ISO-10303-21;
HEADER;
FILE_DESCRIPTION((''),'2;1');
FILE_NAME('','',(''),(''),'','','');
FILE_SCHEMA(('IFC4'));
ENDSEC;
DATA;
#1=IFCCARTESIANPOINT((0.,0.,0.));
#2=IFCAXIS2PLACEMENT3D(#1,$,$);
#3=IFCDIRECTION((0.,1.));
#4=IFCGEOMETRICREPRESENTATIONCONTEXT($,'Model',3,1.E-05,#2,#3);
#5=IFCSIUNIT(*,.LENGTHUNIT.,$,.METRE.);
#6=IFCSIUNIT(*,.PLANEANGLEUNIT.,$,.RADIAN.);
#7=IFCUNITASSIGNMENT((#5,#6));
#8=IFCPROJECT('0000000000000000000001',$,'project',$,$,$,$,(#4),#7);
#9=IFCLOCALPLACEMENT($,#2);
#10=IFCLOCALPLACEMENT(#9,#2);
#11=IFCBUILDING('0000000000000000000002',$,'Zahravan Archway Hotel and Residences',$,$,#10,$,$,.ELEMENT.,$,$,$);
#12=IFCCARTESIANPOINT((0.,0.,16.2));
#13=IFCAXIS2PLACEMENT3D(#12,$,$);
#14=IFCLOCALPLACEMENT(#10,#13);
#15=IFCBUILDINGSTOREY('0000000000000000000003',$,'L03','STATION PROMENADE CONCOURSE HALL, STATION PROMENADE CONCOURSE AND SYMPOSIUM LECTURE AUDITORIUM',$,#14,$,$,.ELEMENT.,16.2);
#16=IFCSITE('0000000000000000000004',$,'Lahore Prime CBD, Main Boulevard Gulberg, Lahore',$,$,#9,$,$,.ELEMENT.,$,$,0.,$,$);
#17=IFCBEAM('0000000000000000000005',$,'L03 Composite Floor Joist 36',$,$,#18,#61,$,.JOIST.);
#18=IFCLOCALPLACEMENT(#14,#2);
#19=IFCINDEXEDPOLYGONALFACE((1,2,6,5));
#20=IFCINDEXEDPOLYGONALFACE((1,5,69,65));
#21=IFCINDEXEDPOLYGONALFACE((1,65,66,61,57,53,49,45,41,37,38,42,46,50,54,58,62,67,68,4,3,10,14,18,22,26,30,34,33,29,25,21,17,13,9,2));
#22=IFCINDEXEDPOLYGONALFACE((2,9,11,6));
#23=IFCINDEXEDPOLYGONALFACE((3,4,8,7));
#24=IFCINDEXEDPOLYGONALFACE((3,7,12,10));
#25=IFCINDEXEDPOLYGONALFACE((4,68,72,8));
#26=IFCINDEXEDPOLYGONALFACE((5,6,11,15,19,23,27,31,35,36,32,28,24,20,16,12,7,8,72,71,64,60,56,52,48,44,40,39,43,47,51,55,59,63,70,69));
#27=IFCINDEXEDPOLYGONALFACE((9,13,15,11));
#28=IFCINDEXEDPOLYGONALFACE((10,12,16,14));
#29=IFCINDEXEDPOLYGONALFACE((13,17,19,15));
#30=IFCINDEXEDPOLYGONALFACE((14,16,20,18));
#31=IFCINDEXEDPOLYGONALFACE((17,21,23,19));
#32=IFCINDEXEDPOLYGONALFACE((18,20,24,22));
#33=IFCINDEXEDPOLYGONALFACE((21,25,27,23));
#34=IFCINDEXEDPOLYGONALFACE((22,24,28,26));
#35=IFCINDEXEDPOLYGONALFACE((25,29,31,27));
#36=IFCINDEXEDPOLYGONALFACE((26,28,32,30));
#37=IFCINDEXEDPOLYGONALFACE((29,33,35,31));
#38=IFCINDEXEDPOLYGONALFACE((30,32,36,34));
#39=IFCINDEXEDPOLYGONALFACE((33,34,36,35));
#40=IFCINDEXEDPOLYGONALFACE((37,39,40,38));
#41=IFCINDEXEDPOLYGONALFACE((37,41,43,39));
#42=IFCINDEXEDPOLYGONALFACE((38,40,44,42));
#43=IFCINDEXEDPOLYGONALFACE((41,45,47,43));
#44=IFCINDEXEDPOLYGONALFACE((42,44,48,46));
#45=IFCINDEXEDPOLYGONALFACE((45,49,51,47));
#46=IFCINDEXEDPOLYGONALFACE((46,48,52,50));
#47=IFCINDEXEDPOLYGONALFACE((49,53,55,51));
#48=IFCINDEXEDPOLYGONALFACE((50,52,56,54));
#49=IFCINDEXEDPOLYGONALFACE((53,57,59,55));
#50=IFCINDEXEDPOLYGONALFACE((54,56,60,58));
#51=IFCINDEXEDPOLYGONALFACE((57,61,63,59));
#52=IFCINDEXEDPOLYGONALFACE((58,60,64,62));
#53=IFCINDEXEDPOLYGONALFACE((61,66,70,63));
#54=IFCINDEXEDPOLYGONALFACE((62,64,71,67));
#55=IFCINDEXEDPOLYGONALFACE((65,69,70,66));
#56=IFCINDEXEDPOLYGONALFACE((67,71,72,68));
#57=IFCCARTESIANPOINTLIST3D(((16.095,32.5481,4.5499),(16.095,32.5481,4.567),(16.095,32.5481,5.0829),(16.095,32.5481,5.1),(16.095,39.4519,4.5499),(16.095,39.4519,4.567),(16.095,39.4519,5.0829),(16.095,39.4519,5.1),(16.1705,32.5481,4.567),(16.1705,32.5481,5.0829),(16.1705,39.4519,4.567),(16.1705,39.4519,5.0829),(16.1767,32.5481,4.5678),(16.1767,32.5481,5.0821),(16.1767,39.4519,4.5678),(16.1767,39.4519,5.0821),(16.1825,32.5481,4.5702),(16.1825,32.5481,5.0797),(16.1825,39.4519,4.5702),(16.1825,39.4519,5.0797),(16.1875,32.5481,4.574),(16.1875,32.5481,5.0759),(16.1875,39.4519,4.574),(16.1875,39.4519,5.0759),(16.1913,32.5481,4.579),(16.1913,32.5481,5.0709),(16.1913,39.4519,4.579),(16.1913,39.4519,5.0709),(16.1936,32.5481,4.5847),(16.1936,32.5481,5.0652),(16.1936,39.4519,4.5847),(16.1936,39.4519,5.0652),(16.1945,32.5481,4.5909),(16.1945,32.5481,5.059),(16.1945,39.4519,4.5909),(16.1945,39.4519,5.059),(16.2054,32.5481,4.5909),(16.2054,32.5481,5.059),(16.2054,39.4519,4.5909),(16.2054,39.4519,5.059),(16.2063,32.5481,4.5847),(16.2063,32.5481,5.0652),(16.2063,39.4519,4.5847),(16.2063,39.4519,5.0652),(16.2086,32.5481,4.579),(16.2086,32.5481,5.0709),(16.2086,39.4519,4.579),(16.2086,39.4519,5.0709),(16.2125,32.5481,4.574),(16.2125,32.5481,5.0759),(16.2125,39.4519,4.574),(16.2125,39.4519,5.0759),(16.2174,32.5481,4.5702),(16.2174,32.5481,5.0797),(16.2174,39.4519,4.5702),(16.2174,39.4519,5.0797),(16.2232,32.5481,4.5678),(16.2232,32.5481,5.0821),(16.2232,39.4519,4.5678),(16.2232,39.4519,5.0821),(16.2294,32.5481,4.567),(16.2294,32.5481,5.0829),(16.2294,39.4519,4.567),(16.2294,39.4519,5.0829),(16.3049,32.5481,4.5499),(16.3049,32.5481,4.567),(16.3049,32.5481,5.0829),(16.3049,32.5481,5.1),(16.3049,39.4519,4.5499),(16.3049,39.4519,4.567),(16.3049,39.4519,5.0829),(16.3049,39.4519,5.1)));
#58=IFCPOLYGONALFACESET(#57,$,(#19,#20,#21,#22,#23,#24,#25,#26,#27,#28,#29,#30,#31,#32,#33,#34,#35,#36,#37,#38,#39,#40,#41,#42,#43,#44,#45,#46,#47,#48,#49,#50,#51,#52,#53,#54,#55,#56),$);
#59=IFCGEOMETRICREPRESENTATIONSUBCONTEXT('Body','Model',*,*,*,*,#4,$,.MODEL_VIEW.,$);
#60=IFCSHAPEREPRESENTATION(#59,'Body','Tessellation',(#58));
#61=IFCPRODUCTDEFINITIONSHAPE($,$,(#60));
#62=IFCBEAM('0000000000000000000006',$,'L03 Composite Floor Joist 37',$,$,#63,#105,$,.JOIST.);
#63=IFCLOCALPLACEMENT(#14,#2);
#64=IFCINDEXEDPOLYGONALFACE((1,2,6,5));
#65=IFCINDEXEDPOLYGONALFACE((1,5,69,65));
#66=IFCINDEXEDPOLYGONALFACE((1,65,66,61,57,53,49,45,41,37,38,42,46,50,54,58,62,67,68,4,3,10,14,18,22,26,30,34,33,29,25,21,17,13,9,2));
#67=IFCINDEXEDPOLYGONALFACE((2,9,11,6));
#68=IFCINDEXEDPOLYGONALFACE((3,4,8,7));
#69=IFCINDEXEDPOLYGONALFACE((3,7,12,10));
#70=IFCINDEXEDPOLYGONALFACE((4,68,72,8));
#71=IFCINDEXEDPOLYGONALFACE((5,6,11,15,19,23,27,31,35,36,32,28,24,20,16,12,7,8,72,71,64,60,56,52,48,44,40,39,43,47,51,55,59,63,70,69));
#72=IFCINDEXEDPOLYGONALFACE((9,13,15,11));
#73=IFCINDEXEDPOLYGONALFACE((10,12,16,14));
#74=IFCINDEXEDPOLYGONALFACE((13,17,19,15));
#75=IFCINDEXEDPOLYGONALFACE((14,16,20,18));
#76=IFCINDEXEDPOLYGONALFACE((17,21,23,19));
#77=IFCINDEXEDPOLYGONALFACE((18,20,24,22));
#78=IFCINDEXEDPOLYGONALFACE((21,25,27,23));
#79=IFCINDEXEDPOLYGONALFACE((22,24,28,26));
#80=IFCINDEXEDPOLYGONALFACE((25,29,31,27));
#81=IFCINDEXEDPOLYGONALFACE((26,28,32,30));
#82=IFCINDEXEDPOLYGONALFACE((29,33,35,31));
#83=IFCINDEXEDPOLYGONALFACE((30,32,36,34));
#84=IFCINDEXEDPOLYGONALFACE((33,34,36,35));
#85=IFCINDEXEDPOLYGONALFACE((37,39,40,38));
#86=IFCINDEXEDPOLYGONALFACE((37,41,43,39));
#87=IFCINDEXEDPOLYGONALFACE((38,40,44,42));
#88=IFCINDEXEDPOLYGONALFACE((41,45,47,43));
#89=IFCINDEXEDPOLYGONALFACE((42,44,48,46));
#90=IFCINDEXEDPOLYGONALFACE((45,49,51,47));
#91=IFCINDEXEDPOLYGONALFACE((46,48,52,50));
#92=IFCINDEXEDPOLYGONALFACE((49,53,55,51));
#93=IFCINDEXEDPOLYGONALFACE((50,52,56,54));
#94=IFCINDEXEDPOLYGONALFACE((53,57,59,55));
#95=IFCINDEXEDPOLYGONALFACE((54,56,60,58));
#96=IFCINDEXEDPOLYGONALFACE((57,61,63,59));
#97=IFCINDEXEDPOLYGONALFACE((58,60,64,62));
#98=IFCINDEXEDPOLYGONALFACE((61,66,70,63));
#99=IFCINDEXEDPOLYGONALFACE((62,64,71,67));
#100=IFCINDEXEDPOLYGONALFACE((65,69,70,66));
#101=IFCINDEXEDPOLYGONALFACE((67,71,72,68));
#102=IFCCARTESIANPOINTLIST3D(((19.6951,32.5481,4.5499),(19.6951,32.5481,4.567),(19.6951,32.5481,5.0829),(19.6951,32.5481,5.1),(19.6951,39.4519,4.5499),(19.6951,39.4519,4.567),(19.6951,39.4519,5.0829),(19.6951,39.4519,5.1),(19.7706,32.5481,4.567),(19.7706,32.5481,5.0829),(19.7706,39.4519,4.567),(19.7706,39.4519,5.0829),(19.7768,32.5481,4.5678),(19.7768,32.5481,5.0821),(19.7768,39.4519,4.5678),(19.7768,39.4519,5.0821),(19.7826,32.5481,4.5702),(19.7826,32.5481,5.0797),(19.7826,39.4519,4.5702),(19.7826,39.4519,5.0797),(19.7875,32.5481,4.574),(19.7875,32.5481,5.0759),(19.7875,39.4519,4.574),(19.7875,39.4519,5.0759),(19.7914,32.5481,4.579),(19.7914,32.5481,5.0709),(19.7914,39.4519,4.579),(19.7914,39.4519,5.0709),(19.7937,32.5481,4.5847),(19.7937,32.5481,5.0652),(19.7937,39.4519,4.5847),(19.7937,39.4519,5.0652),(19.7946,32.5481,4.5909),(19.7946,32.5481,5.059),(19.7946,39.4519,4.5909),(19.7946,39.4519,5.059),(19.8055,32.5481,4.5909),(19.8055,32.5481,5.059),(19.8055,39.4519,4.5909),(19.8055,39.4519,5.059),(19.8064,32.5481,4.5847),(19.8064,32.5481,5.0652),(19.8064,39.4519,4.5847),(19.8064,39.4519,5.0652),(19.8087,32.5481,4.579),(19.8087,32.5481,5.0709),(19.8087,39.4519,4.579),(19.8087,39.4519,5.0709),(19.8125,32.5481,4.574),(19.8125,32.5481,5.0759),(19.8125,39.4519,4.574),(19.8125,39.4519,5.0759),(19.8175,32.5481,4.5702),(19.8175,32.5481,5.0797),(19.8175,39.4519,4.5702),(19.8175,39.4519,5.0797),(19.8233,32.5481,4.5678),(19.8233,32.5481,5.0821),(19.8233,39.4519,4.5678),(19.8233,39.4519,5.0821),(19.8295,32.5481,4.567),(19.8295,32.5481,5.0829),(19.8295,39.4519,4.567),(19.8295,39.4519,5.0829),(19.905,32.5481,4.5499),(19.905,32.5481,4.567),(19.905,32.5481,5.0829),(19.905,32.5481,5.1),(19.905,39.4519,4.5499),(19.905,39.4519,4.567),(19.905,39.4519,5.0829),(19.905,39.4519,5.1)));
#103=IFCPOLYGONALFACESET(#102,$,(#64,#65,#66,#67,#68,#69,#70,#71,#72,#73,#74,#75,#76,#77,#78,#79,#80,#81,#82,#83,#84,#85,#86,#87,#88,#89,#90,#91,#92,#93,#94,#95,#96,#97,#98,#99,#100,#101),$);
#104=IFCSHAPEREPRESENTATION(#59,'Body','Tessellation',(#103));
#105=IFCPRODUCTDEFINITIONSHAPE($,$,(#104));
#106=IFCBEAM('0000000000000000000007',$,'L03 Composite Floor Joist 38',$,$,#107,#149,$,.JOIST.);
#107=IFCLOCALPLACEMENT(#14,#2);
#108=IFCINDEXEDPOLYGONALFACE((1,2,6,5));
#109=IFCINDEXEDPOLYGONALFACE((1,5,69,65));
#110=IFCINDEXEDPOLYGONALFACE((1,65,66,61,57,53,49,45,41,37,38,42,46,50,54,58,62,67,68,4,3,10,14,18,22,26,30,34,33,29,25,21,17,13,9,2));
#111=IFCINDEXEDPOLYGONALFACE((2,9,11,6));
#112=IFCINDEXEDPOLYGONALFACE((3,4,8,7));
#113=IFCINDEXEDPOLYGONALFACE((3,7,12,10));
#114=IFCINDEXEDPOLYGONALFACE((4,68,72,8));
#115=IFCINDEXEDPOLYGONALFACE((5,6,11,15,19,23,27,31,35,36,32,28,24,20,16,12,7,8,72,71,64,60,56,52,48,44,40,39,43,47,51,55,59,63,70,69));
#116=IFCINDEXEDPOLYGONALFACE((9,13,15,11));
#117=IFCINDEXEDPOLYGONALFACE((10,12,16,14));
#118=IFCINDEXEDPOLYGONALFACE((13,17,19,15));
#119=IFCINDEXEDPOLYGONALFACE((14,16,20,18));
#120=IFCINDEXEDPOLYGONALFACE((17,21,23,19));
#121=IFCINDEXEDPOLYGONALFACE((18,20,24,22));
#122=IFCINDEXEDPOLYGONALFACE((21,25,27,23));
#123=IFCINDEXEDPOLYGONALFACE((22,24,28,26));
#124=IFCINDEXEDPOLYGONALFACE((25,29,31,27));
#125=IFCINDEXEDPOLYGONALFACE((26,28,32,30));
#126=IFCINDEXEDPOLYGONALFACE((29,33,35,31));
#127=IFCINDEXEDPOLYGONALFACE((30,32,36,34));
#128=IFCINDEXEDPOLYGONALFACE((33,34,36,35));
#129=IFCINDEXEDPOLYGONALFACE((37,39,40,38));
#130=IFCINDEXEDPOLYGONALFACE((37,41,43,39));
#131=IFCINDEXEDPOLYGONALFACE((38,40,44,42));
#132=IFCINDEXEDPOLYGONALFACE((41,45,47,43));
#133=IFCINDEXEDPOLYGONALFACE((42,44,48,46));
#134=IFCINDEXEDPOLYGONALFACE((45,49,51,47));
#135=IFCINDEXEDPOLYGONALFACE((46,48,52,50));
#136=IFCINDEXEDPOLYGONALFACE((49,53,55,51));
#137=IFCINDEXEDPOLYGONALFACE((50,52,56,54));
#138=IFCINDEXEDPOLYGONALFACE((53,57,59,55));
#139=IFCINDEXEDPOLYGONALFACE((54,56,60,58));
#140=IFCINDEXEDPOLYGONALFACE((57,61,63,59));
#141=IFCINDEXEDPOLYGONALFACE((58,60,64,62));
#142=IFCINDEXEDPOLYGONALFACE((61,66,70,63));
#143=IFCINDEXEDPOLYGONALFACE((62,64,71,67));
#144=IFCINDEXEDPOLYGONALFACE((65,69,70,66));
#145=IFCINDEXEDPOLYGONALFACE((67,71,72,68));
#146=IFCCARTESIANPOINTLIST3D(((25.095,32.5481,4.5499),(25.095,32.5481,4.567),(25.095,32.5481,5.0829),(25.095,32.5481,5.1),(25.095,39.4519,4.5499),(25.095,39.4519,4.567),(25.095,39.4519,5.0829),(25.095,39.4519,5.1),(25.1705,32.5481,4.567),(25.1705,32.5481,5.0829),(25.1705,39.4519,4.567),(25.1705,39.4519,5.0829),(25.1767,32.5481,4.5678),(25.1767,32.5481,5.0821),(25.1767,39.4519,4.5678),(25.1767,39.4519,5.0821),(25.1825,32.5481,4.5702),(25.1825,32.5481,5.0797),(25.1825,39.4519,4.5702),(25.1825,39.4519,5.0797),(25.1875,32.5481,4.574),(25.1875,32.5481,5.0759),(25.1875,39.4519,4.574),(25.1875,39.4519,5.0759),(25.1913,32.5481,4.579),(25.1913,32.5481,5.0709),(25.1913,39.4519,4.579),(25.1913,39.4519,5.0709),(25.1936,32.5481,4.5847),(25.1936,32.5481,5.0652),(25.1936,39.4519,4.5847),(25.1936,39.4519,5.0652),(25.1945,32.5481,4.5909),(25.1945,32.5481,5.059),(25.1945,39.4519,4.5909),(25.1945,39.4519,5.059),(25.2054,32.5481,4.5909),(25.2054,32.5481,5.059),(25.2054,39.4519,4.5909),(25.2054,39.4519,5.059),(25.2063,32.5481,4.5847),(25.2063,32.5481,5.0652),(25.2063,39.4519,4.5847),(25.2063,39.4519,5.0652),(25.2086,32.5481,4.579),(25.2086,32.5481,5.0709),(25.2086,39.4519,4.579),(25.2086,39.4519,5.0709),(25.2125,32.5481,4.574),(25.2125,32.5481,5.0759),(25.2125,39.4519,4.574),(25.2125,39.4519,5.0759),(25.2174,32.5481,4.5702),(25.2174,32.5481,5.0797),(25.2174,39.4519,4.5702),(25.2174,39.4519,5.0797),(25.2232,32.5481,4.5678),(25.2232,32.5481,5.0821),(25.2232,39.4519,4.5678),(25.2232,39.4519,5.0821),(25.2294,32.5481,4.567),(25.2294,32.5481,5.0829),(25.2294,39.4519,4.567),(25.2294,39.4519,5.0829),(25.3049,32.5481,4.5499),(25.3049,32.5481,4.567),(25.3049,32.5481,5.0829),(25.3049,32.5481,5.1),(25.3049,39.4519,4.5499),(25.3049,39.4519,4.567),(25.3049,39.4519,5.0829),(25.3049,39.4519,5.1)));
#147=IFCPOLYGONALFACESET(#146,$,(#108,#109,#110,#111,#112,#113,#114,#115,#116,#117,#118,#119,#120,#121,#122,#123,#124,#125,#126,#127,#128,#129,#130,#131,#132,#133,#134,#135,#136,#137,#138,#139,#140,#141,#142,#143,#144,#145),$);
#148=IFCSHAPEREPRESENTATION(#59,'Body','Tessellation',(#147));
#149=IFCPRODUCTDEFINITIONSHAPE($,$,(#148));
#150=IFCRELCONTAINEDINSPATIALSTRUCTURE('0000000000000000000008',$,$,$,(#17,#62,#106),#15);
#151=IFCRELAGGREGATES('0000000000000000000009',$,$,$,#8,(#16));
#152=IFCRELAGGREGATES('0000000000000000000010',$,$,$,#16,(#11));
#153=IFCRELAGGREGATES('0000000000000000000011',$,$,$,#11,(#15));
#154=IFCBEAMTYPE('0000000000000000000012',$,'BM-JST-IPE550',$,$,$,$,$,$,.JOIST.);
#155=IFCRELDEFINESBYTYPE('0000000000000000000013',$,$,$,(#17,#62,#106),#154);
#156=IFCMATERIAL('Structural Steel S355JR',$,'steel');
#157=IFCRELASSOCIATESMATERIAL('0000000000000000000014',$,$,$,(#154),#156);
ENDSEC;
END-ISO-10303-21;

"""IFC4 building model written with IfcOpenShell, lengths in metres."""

from ifc_helpers import new_model, si_unit, direction, frame, origin, origin_2d, place, context, subcontext, project, spatial, i_section, extrude, source, transform, mapped, material, material_profile, profile_set, type_object, element, save


model = new_model("IFC4")

# Units and contexts
model_context = context("Model", 3, precision=1e-05, world=origin(), true_north=direction((0.0, 1.0)))
body_context = subcontext(model_context, "Body", "Model", "MODEL_VIEW")
ifc_project = project(units=[si_unit("LENGTHUNIT", "METRE"), si_unit("PLANEANGLEUNIT", "RADIAN")], contexts=[model_context])

# Site, building, storey
site_placement = place(None, origin())
site = spatial("IfcSite", under=ifc_project, at=site_placement, Name="Lahore Prime CBD, Main Boulevard Gulberg, Lahore", CompositionType="ELEMENT", RefElevation=0.0)
building_placement = place(site_placement, origin())
building = spatial("IfcBuilding", under=site, at=building_placement, Name="Zahravan Archway Hotel and Residences", CompositionType="ELEMENT")
storey_placement = place(building_placement, frame((0.0, 0.0, 16.2)))
storey = spatial("IfcBuildingStorey", under=building, at=storey_placement, Name="L03", Description="STATION PROMENADE CONCOURSE HALL, STATION PROMENADE CONCOURSE AND SYMPOSIUM LECTURE AUDITORIUM", CompositionType="ELEMENT", Elevation=16.2)

# Beams
ifc_material_1 = material(Name="Structural Steel S355JR", Category="steel")
ifc_material_profile_1 = material_profile(ifc_material_1, i_section(OverallWidth=0.21, OverallDepth=0.55, WebThickness=0.011, FlangeThickness=0.0171, FilletRadius=0.0239, at=origin_2d()), Name="IPE 550", Category="steel")
ifc_profile_set_1 = profile_set([ifc_material_profile_1], Name="Structural Steel S355JR")
beam_type_1 = type_object("IfcBeamType", Name="BM-JST-IPE550", PredefinedType="JOIST", material=ifc_profile_set_1)
shared_shape_1 = source(origin(), body_context, "Body", "SweptSolid", [
    extrude(i_section(OverallWidth=0.21, OverallDepth=0.55, WebThickness=0.011, FlangeThickness=0.0171, FilletRadius=0.0239, at=origin_2d()), origin(), (0.0, 0.0, 1.0), 6.9038),
])
for number, where, z_axis, x_axis, name in (
    (1, (16.2, 32.5481, 4.825), (0.0, 1.0, 0.0), (-1.0, 0.0, 0.0), "L03 Composite Floor Joist 36"),
    (2, (19.8, 32.5481, 4.825), (0.0, 1.0, 0.0), (-1.0, 0.0, 0.0), "L03 Composite Floor Joist 37"),
    (3, (25.2, 32.5481, 4.825), (0.0, 1.0, 0.0), (-1.0, 0.0, 0.0), "L03 Composite Floor Joist 38"),
):
    element("IfcBeam", number, at=place(storey_placement, frame(where, z_axis=z_axis, x_axis=x_axis)), inside=storey, type_object=beam_type_1, Name=name, PredefinedType="JOIST", context=body_context, shape_type="MappedRepresentation", body=[
        mapped(shared_shape_1, transform((0.0, 0.0, 0.0), scale=1.0)),
    ])

save(model, "model.ifc")
